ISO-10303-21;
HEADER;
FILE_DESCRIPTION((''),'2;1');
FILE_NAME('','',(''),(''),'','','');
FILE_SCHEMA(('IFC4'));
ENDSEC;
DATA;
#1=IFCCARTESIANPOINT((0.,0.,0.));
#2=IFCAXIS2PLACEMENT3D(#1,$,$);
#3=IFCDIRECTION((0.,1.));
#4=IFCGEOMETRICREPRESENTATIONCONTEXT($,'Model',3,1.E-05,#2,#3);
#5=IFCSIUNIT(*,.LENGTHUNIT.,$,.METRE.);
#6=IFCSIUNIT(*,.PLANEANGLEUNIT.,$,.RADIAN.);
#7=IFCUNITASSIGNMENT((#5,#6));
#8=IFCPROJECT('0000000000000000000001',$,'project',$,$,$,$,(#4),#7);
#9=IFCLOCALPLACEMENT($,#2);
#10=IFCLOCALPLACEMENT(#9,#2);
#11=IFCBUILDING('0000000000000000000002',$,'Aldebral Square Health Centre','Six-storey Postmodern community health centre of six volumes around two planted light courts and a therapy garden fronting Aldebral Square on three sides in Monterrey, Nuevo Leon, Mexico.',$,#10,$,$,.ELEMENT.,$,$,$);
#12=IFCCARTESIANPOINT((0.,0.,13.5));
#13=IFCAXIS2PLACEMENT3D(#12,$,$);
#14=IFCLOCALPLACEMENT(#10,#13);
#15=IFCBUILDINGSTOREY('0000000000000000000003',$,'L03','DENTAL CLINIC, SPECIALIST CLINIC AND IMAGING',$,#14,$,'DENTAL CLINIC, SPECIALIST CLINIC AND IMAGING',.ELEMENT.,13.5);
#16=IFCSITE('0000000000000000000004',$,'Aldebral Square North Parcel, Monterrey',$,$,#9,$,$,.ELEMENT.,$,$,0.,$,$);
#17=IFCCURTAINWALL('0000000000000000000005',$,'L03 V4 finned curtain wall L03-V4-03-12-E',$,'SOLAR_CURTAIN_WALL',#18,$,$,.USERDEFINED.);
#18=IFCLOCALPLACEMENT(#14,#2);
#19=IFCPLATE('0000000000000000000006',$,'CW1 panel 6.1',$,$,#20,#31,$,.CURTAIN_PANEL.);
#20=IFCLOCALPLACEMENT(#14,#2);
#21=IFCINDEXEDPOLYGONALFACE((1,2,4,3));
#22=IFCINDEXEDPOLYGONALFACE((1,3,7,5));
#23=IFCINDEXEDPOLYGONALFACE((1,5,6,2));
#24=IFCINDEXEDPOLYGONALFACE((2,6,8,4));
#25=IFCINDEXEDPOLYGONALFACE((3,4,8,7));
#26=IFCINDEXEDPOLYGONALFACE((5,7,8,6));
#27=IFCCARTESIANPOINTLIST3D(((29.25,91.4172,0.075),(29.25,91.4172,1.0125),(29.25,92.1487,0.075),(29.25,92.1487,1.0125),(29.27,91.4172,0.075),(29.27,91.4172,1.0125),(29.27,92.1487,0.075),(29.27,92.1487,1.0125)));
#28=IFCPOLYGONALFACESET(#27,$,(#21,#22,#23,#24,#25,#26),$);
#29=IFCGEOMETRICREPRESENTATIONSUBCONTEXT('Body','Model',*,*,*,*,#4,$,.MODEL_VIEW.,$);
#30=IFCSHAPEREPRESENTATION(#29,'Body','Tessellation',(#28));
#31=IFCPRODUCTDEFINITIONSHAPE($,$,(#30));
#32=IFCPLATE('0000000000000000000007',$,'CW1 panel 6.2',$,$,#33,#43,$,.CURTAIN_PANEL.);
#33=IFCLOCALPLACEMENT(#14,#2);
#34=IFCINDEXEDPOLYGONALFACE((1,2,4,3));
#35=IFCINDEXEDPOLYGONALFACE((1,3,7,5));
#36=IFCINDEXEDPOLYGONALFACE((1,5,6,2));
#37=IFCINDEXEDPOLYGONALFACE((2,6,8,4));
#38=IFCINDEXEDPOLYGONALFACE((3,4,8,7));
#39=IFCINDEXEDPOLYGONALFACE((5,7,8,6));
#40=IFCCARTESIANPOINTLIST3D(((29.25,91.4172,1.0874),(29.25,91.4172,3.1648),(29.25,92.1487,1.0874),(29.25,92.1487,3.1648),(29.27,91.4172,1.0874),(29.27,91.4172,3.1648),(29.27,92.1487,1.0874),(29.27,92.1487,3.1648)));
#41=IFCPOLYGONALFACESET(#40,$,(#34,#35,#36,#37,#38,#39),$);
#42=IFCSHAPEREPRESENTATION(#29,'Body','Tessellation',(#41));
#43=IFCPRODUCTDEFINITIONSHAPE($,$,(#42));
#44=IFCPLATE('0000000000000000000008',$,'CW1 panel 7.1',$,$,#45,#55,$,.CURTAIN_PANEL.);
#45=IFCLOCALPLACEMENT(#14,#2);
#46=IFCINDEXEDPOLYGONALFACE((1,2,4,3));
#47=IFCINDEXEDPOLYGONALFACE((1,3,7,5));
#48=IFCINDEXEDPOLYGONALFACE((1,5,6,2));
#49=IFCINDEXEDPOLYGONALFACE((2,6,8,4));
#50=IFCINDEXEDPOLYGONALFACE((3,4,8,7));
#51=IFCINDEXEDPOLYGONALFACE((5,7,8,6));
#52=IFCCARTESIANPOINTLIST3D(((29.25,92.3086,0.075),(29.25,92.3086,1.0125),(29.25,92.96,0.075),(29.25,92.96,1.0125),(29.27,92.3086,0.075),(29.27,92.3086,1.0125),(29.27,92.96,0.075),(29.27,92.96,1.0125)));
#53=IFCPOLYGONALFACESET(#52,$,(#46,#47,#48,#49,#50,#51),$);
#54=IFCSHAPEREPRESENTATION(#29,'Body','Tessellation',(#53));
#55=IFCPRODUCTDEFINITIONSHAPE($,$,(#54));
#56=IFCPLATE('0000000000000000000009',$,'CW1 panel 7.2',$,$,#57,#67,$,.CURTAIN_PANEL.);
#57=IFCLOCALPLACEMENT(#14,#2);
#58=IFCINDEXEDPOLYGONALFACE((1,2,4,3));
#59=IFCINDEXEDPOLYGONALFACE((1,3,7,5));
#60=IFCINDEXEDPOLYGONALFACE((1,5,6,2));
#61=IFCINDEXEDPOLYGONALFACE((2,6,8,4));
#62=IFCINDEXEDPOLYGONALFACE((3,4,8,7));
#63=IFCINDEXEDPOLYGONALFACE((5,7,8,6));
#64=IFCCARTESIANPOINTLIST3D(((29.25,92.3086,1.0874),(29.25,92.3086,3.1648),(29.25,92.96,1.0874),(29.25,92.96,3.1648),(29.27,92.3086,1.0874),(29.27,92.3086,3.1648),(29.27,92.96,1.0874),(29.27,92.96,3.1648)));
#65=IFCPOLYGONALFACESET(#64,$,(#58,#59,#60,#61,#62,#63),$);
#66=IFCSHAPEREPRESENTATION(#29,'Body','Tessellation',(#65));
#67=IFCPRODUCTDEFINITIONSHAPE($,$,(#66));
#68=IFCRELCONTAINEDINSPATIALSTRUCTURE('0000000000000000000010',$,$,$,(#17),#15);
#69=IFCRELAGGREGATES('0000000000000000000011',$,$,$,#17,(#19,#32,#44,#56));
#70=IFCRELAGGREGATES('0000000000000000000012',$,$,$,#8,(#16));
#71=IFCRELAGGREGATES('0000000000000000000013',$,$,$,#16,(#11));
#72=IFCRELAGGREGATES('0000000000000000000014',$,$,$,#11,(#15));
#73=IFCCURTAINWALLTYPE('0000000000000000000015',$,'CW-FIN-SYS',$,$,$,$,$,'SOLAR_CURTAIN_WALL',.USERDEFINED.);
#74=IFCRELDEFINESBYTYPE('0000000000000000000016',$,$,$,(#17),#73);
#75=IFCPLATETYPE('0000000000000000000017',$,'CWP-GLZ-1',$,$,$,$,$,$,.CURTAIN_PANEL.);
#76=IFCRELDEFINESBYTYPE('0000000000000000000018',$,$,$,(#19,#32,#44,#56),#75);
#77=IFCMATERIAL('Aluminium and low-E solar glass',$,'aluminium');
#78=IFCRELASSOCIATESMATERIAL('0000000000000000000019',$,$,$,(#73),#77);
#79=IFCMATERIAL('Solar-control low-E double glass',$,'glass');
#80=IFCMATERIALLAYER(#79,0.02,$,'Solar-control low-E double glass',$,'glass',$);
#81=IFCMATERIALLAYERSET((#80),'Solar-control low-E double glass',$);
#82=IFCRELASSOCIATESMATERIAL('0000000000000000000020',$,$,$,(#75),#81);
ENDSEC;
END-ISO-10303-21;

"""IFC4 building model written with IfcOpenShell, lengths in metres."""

from ifc_helpers import new_model, si_unit, direction, frame, origin, origin_2d, place, context, subcontext, project, spatial, rectangle, extrude, material, layer, layer_set, type_object, element, aggregate, save


model = new_model("IFC4")

# Units and contexts
model_context = context("Model", 3, precision=1e-05, world=origin(), true_north=direction((0.0, 1.0)))
body_context = subcontext(model_context, "Body", "Model", "MODEL_VIEW")
ifc_project = project(units=[si_unit("LENGTHUNIT", "METRE"), si_unit("PLANEANGLEUNIT", "RADIAN")], contexts=[model_context])

# Site, building, storey
site_placement = place(None, origin())
site = spatial("IfcSite", under=ifc_project, at=site_placement, Name="Aldebral Square North Parcel, Monterrey", CompositionType="ELEMENT", RefElevation=0.0)
building_placement = place(site_placement, origin())
building = spatial("IfcBuilding", under=site, at=building_placement, Name="Aldebral Square Health Centre", Description="Six-storey Postmodern community health centre of six volumes around two planted light courts and a therapy garden fronting Aldebral Square on three sides in Monterrey, Nuevo Leon, Mexico.", CompositionType="ELEMENT")
storey_placement = place(building_placement, frame((0.0, 0.0, 13.5)))
storey = spatial("IfcBuildingStorey", under=building, at=storey_placement, Name="L03", Description="DENTAL CLINIC, SPECIALIST CLINIC AND IMAGING", LongName="DENTAL CLINIC, SPECIALIST CLINIC AND IMAGING", CompositionType="ELEMENT", Elevation=13.5)

# Curtain wall
ifc_material_1 = material(Name="Aluminium and low-E solar glass", Category="aluminium")
curtain_wall_type = type_object("IfcCurtainWallType", Name="CW-FIN-SYS", ElementType="SOLAR_CURTAIN_WALL", PredefinedType="USERDEFINED", material=ifc_material_1)
curtain_wall_1_placement = place(storey_placement, origin())
curtain_wall_1 = element("IfcCurtainWall", 1, at=curtain_wall_1_placement, inside=storey, type_object=curtain_wall_type, Name="L03 V4 finned curtain wall L03-V4-03-12-E", ObjectType="SOLAR_CURTAIN_WALL", PredefinedType="USERDEFINED")

# Plates
ifc_material_2 = material(Name="Solar-control low-E double glass", Category="glass")
ifc_layer = layer(ifc_material_2, 0.02, Name="Solar-control low-E double glass", Category="glass")
ifc_layer_set = layer_set([ifc_layer], Name="Solar-control low-E double glass")
plate_type = type_object("IfcPlateType", Name="CWP-GLZ-1", PredefinedType="CURTAIN_PANEL", material=ifc_layer_set)
plate_1_placement = place(storey_placement, frame((29.26, 91.783, 0.075), z_axis=(0.0, 0.0, 1.0), x_axis=(0.0, 1.0, 0.0)))
plate_1 = element("IfcPlate", 2, at=plate_1_placement, type_object=plate_type, Name="CW1 panel 6.1", PredefinedType="CURTAIN_PANEL", context=body_context, shape_type="SweptSolid", body=[
    extrude(rectangle(XDim=0.7314, YDim=0.02, at=origin_2d()), origin(), (0.0, 0.0, 1.0), 0.9375),
])
plate_2_placement = place(storey_placement, frame((29.26, 91.783, 1.0874), z_axis=(0.0, 0.0, 1.0), x_axis=(0.0, 1.0, 0.0)))
plate_2 = element("IfcPlate", 3, at=plate_2_placement, type_object=plate_type, Name="CW1 panel 6.2", PredefinedType="CURTAIN_PANEL", context=body_context, shape_type="SweptSolid", body=[
    extrude(rectangle(XDim=0.7314, YDim=0.02, at=origin_2d()), origin(), (0.0, 0.0, 1.0), 2.0774),
])
plate_3_placement = place(storey_placement, frame((29.26, 92.6343, 0.075), z_axis=(0.0, 0.0, 1.0), x_axis=(0.0, 1.0, 0.0)))
plate_3 = element("IfcPlate", 4, at=plate_3_placement, type_object=plate_type, Name="CW1 panel 7.1", PredefinedType="CURTAIN_PANEL", context=body_context, shape_type="SweptSolid", body=[
    extrude(rectangle(XDim=0.6514, YDim=0.02, at=origin_2d()), origin(), (0.0, 0.0, 1.0), 0.9375),
])
plate_4_placement = place(storey_placement, frame((29.26, 92.6343, 1.0874), z_axis=(0.0, 0.0, 1.0), x_axis=(0.0, 1.0, 0.0)))
plate_4 = element("IfcPlate", 5, at=plate_4_placement, type_object=plate_type, Name="CW1 panel 7.2", PredefinedType="CURTAIN_PANEL", context=body_context, shape_type="SweptSolid", body=[
    extrude(rectangle(XDim=0.6514, YDim=0.02, at=origin_2d()), origin(), (0.0, 0.0, 1.0), 2.0774),
])
aggregate(curtain_wall_1, [plate_1, plate_2, plate_3, plate_4])

save(model, "model.ifc")
